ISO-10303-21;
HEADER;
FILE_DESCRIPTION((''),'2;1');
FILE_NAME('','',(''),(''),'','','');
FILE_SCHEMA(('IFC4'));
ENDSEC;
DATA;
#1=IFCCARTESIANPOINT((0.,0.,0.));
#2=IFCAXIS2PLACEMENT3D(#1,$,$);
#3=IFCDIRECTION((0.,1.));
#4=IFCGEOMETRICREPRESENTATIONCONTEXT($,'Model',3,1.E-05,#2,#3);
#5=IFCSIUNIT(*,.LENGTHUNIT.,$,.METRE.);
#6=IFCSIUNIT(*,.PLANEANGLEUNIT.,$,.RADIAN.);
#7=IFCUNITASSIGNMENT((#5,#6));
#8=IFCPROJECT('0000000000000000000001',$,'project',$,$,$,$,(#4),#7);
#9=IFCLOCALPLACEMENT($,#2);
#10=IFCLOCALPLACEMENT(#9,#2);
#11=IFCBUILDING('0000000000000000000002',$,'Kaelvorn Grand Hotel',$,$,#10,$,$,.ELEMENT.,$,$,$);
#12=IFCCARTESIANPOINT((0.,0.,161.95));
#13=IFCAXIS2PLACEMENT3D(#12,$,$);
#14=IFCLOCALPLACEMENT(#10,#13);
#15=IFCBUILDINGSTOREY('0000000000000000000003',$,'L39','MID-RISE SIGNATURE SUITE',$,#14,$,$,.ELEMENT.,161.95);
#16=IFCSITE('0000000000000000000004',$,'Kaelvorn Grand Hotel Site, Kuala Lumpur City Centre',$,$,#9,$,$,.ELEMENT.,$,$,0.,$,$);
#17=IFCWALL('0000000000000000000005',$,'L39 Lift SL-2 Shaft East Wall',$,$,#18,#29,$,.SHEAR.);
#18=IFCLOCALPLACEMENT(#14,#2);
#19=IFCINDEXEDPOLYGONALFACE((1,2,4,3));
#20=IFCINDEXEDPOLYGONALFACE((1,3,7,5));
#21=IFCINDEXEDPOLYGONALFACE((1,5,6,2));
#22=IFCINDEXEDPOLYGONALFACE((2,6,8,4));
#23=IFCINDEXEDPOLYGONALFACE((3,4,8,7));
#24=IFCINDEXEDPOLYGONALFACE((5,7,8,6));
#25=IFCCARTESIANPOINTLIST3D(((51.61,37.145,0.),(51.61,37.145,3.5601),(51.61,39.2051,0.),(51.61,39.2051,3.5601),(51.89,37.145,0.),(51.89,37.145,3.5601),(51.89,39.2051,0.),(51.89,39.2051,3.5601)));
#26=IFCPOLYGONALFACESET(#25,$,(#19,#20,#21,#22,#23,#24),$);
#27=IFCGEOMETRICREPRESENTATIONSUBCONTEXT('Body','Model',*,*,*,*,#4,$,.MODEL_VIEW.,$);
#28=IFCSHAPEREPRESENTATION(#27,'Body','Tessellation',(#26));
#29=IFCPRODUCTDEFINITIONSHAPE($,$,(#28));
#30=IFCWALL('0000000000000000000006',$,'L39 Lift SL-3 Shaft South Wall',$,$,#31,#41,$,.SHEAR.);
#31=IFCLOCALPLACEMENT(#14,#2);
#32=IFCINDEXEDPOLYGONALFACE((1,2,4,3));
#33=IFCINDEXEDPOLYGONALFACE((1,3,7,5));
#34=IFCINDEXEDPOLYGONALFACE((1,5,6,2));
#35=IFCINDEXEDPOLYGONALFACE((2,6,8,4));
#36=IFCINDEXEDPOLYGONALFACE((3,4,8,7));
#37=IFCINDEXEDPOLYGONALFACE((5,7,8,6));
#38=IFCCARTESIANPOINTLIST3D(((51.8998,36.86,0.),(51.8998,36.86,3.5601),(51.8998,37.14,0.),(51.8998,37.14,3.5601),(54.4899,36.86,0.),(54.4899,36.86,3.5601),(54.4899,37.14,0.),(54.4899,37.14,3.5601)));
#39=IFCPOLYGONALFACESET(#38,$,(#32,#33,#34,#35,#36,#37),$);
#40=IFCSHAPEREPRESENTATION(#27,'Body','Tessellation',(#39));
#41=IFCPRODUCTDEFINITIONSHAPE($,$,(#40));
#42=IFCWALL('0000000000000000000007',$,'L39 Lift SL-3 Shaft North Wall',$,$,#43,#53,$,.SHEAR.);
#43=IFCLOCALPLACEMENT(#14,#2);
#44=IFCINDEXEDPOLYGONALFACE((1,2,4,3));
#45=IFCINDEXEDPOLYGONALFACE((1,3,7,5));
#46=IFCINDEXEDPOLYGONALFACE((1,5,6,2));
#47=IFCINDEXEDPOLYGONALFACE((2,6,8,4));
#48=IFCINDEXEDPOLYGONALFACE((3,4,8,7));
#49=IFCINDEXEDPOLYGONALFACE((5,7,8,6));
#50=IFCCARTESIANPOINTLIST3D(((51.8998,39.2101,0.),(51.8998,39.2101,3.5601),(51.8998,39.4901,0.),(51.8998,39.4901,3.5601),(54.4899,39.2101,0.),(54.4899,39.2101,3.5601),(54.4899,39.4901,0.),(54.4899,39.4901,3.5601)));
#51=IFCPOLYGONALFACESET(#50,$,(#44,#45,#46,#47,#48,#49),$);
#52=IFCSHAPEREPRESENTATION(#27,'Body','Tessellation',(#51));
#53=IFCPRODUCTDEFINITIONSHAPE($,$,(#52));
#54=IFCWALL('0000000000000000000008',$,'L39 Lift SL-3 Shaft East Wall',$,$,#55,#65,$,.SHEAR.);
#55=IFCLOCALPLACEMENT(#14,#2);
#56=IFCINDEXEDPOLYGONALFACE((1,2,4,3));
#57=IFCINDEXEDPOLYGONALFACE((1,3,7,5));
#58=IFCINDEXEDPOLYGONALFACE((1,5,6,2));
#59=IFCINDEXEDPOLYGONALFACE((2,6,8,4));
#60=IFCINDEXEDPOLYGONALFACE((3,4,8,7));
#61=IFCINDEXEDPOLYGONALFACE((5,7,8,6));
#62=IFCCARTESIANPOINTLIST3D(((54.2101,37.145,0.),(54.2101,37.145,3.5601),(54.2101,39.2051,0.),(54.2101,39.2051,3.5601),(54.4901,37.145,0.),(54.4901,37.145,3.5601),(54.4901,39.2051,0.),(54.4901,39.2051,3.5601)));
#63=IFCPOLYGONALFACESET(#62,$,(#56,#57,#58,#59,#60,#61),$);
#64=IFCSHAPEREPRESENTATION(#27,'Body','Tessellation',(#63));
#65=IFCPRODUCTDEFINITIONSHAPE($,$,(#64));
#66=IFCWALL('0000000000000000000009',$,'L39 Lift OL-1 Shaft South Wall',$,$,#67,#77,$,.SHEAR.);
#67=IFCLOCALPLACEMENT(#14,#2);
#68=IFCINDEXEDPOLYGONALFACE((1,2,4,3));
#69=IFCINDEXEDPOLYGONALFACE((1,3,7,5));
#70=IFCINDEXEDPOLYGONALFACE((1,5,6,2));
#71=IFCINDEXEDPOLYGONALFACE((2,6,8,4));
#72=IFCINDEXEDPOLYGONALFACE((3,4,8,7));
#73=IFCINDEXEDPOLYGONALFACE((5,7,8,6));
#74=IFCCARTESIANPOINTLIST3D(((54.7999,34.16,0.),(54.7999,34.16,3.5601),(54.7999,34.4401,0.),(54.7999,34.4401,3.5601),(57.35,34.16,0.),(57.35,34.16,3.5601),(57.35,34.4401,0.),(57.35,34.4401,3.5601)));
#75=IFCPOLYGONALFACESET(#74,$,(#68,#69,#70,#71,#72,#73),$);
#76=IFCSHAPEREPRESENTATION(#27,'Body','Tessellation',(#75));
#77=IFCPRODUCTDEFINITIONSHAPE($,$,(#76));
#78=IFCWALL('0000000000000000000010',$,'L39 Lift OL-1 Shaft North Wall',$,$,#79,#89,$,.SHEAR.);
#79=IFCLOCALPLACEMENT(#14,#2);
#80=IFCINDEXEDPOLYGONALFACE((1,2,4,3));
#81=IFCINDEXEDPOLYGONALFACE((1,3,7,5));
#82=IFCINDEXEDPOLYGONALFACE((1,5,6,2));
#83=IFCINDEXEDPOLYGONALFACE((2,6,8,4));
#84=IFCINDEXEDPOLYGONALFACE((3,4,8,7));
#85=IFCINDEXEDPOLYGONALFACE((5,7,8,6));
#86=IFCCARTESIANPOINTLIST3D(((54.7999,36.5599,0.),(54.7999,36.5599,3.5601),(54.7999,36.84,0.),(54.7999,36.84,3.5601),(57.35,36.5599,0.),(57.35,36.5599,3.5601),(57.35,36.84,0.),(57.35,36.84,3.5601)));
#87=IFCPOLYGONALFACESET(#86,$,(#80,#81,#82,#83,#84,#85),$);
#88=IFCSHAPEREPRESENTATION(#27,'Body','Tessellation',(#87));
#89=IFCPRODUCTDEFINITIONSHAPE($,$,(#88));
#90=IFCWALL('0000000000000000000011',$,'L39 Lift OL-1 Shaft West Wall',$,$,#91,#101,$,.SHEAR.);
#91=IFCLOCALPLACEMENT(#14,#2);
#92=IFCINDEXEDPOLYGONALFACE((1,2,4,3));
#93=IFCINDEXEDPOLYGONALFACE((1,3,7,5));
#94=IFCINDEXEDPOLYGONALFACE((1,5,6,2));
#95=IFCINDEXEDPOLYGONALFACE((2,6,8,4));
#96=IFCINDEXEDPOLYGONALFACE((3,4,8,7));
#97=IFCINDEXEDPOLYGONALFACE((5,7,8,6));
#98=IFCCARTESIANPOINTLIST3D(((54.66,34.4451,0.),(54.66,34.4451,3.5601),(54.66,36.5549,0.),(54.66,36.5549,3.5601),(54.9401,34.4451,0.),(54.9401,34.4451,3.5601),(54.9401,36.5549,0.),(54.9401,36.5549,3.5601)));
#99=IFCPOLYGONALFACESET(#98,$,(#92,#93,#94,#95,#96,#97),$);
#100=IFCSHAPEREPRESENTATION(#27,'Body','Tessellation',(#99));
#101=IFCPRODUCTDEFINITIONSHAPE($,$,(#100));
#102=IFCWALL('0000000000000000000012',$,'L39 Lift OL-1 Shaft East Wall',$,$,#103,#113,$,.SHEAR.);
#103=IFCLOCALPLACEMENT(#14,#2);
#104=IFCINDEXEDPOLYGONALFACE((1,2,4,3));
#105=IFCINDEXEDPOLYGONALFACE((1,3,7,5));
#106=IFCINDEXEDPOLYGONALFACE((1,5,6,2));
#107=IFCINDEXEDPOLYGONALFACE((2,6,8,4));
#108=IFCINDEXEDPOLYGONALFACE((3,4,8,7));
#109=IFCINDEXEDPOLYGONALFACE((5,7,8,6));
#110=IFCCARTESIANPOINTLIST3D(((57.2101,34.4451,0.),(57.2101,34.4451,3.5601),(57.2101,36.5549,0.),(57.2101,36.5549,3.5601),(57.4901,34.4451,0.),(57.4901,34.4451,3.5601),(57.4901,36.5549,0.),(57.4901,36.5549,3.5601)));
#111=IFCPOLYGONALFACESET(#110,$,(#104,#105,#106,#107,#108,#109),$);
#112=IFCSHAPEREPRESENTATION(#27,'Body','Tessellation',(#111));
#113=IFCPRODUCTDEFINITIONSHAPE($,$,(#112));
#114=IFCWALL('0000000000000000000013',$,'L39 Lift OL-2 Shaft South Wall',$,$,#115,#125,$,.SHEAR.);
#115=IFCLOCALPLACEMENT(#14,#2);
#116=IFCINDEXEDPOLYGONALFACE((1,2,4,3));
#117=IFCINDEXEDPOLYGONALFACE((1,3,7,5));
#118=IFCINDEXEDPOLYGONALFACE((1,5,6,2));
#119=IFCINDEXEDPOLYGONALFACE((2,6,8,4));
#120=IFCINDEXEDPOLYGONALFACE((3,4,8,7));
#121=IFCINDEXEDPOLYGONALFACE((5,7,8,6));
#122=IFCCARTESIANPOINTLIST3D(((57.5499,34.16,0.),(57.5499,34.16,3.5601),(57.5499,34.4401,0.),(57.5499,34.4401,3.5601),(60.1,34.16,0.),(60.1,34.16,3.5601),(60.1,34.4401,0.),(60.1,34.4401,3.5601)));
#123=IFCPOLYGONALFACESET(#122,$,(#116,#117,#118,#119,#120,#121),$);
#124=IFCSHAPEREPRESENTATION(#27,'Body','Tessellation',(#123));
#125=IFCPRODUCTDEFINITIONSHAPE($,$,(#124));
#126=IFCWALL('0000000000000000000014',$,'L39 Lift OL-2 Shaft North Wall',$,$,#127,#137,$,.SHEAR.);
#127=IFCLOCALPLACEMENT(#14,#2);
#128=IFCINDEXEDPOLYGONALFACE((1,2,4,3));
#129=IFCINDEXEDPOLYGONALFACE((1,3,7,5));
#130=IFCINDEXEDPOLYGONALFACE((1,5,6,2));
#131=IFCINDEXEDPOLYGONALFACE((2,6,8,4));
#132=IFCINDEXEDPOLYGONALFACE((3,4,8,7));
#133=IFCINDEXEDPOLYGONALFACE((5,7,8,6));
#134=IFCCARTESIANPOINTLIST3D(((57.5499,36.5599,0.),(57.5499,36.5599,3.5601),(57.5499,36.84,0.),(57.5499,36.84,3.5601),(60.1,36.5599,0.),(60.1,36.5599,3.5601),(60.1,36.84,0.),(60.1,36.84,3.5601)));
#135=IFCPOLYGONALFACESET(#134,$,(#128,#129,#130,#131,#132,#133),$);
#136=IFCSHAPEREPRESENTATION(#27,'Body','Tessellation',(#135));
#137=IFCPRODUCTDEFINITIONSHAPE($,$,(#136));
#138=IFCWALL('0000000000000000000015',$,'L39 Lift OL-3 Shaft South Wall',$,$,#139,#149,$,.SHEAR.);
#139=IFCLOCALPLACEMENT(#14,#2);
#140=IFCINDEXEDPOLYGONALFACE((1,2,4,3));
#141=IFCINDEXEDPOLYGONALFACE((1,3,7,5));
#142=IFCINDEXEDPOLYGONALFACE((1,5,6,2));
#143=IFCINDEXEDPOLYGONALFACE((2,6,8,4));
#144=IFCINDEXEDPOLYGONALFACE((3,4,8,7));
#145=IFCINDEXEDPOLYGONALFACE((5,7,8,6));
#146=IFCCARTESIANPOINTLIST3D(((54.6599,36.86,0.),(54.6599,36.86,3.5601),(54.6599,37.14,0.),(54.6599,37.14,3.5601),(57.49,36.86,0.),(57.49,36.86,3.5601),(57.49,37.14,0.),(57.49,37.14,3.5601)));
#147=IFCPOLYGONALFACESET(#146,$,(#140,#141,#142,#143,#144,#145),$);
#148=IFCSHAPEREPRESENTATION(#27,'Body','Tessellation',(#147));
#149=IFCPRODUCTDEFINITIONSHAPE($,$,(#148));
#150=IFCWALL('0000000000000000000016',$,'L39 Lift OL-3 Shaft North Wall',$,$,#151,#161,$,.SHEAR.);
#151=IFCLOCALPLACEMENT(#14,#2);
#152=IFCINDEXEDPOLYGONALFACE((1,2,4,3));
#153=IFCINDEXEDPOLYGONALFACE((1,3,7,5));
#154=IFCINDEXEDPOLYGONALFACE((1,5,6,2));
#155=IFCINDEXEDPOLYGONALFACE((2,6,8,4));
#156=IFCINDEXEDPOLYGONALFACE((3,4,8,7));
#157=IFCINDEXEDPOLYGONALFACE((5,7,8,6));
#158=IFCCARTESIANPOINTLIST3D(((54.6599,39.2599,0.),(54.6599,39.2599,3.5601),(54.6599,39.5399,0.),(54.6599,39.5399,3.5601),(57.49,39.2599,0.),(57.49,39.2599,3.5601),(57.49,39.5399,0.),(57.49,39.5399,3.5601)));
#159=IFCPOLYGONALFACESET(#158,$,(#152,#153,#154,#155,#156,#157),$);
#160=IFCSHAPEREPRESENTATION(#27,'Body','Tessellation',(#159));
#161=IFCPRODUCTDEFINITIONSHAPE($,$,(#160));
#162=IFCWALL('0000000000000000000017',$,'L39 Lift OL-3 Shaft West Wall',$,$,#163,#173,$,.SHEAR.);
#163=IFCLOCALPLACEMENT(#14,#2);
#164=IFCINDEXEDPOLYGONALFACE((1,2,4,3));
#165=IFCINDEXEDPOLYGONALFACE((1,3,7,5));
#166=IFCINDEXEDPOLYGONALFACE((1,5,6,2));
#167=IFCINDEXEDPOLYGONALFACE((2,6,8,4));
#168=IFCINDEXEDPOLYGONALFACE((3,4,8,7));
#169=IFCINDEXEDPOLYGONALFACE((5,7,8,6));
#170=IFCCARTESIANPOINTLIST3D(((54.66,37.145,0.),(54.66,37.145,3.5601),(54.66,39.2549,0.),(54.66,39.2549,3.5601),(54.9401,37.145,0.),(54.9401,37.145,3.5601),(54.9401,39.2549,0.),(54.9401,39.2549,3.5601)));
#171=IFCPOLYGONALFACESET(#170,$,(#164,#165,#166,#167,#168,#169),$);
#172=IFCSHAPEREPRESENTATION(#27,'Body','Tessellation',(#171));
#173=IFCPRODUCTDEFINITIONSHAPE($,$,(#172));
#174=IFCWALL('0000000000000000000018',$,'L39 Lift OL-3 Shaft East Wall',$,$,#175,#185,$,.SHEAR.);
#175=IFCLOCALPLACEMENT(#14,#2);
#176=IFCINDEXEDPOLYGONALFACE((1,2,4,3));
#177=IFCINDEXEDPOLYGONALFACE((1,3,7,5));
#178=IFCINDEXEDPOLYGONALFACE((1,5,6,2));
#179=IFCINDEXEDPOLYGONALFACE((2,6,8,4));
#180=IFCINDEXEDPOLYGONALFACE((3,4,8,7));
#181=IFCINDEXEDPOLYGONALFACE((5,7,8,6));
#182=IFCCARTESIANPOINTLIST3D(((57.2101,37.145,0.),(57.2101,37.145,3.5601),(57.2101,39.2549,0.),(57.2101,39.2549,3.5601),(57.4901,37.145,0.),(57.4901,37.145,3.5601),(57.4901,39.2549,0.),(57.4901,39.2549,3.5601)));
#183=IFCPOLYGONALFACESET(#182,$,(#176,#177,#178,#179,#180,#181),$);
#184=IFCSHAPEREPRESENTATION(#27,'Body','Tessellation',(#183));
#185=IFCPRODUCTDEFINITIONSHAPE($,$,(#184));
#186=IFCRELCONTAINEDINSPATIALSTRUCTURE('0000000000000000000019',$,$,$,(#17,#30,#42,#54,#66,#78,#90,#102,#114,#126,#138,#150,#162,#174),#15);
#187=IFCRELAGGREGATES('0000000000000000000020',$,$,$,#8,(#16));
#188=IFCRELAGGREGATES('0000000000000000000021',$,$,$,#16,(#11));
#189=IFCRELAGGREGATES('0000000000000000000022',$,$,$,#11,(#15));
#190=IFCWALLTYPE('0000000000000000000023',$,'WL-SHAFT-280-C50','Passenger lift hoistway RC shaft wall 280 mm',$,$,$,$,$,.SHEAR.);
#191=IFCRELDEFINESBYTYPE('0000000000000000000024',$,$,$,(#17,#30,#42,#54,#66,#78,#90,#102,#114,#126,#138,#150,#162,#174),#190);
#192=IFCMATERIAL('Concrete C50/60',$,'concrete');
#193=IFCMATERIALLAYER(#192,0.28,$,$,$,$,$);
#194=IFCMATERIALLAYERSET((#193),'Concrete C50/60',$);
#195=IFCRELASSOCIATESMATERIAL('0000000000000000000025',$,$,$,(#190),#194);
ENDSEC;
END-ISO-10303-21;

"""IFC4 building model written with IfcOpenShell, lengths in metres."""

from ifc_helpers import new_model, si_unit, direction, frame, frame_2d, origin, place, context, subcontext, project, spatial, rectangle, extrude, material, layer, layer_set, type_object, element, save


model = new_model("IFC4")

# Units and contexts
model_context = context("Model", 3, precision=1e-05, world=origin(), true_north=direction((0.0, 1.0)))
body_context = subcontext(model_context, "Body", "Model", "MODEL_VIEW")
ifc_project = project(units=[si_unit("LENGTHUNIT", "METRE"), si_unit("PLANEANGLEUNIT", "RADIAN")], contexts=[model_context])

# Site, building, storey
site_placement = place(None, origin())
site = spatial("IfcSite", under=ifc_project, at=site_placement, Name="Kaelvorn Grand Hotel Site, Kuala Lumpur City Centre", CompositionType="ELEMENT", RefElevation=0.0)
building_placement = place(site_placement, origin())
building = spatial("IfcBuilding", under=site, at=building_placement, Name="Kaelvorn Grand Hotel", CompositionType="ELEMENT")
storey_placement = place(building_placement, frame((0.0, 0.0, 161.95)))
storey = spatial("IfcBuildingStorey", under=building, at=storey_placement, Name="L39", Description="MID-RISE SIGNATURE SUITE", CompositionType="ELEMENT", Elevation=161.95)

# Shared definitions
ifc_material_1 = material(Name="Concrete C50/60", Category="concrete")

# Shared definitions
ifc_layer_1 = layer(ifc_material_1, 0.28)
ifc_layer_set_1 = layer_set([ifc_layer_1], Name="Concrete C50/60")
wall_type_1 = type_object("IfcWallType", Name="WL-SHAFT-280-C50", Description="Passenger lift hoistway RC shaft wall 280 mm", PredefinedType="SHEAR", material=ifc_layer_set_1)

# Walls
wall_1_placement = place(storey_placement, frame((51.75, 37.145, 0.0), z_axis=(0.0, 0.0, 1.0), x_axis=(0.0, 1.0, 0.0)))
element("IfcWall", 1, at=wall_1_placement, inside=storey, type_object=wall_type_1, Name="L39 Lift SL-2 Shaft East Wall", PredefinedType="SHEAR", context=body_context, shape_type="SweptSolid", body=[
    extrude(rectangle(XDim=2.0601, YDim=0.28, at=frame_2d((1.03, 0.0))), origin(), (0.0, 0.0, 1.0), 3.5601),
])
for number, where, z_axis, x_axis, name in (
    (2, (51.8999, 37.0, 0.0), (0.0, 0.0, 1.0), (1.0, 0.0, 0.0), "L39 Lift SL-3 Shaft South Wall"),
    (3, (51.8999, 39.3501, 0.0), (0.0, 0.0, 1.0), (1.0, 0.0, 0.0), "L39 Lift SL-3 Shaft North Wall"),
):
    element("IfcWall", number, at=place(storey_placement, frame(where, z_axis=z_axis, x_axis=x_axis)), inside=storey, type_object=wall_type_1, Name=name, PredefinedType="SHEAR", context=body_context, shape_type="SweptSolid", body=[
        extrude(rectangle(XDim=2.5901, YDim=0.28, at=frame_2d((1.2949, 0.0))), origin(), (0.0, 0.0, 1.0), 3.5601),
    ])
wall_2_placement = place(storey_placement, frame((54.3501, 37.145, 0.0), z_axis=(0.0, 0.0, 1.0), x_axis=(0.0, 1.0, 0.0)))
element("IfcWall", 4, at=wall_2_placement, inside=storey, type_object=wall_type_1, Name="L39 Lift SL-3 Shaft East Wall", PredefinedType="SHEAR", context=body_context, shape_type="SweptSolid", body=[
    extrude(rectangle(XDim=2.0601, YDim=0.28, at=frame_2d((1.03, 0.0))), origin(), (0.0, 0.0, 1.0), 3.5601),
])
for number, where, z_axis, x_axis, name in (
    (5, (54.8, 34.3, 0.0), (0.0, 0.0, 1.0), (1.0, 0.0, 0.0), "L39 Lift OL-1 Shaft South Wall"),
    (6, (54.8, 36.7, 0.0), (0.0, 0.0, 1.0), (1.0, 0.0, 0.0), "L39 Lift OL-1 Shaft North Wall"),
):
    element("IfcWall", number, at=place(storey_placement, frame(where, z_axis=z_axis, x_axis=x_axis)), inside=storey, type_object=wall_type_1, Name=name, PredefinedType="SHEAR", context=body_context, shape_type="SweptSolid", body=[
        extrude(rectangle(XDim=2.55, YDim=0.28, at=frame_2d((1.2749, 0.0))), origin(), (0.0, 0.0, 1.0), 3.5601),
    ])
for number, where, z_axis, x_axis, name in (
    (7, (54.8, 34.4451, 0.0), (0.0, 0.0, 1.0), (0.0, 1.0, 0.0), "L39 Lift OL-1 Shaft West Wall"),
    (8, (57.3501, 34.4451, 0.0), (0.0, 0.0, 1.0), (0.0, 1.0, 0.0), "L39 Lift OL-1 Shaft East Wall"),
):
    element("IfcWall", number, at=place(storey_placement, frame(where, z_axis=z_axis, x_axis=x_axis)), inside=storey, type_object=wall_type_1, Name=name, PredefinedType="SHEAR", context=body_context, shape_type="SweptSolid", body=[
        extrude(rectangle(XDim=2.1099, YDim=0.28, at=frame_2d((1.0549, 0.0))), origin(), (0.0, 0.0, 1.0), 3.5601),
    ])
for number, where, z_axis, x_axis, name in (
    (9, (57.55, 34.3, 0.0), (0.0, 0.0, 1.0), (1.0, 0.0, 0.0), "L39 Lift OL-2 Shaft South Wall"),
    (10, (57.55, 36.7, 0.0), (0.0, 0.0, 1.0), (1.0, 0.0, 0.0), "L39 Lift OL-2 Shaft North Wall"),
):
    element("IfcWall", number, at=place(storey_placement, frame(where, z_axis=z_axis, x_axis=x_axis)), inside=storey, type_object=wall_type_1, Name=name, PredefinedType="SHEAR", context=body_context, shape_type="SweptSolid", body=[
        extrude(rectangle(XDim=2.55, YDim=0.28, at=frame_2d((1.2749, 0.0))), origin(), (0.0, 0.0, 1.0), 3.5601),
    ])
for number, where, z_axis, x_axis, name in (
    (11, (54.6599, 37.0, 0.0), (0.0, 0.0, 1.0), (1.0, 0.0, 0.0), "L39 Lift OL-3 Shaft South Wall"),
    (12, (54.6599, 39.3999, 0.0), (0.0, 0.0, 1.0), (1.0, 0.0, 0.0), "L39 Lift OL-3 Shaft North Wall"),
):
    element("IfcWall", number, at=place(storey_placement, frame(where, z_axis=z_axis, x_axis=x_axis)), inside=storey, type_object=wall_type_1, Name=name, PredefinedType="SHEAR", context=body_context, shape_type="SweptSolid", body=[
        extrude(rectangle(XDim=2.8301, YDim=0.28, at=frame_2d((1.415, 0.0))), origin(), (0.0, 0.0, 1.0), 3.5601),
    ])
for number, where, z_axis, x_axis, name in (
    (13, (54.8, 37.145, 0.0), (0.0, 0.0, 1.0), (0.0, 1.0, 0.0), "L39 Lift OL-3 Shaft West Wall"),
    (14, (57.3501, 37.145, 0.0), (0.0, 0.0, 1.0), (0.0, 1.0, 0.0), "L39 Lift OL-3 Shaft East Wall"),
):
    element("IfcWall", number, at=place(storey_placement, frame(where, z_axis=z_axis, x_axis=x_axis)), inside=storey, type_object=wall_type_1, Name=name, PredefinedType="SHEAR", context=body_context, shape_type="SweptSolid", body=[
        extrude(rectangle(XDim=2.1099, YDim=0.28, at=frame_2d((1.0549, 0.0))), origin(), (0.0, 0.0, 1.0), 3.5601),
    ])

save(model, "model.ifc")
